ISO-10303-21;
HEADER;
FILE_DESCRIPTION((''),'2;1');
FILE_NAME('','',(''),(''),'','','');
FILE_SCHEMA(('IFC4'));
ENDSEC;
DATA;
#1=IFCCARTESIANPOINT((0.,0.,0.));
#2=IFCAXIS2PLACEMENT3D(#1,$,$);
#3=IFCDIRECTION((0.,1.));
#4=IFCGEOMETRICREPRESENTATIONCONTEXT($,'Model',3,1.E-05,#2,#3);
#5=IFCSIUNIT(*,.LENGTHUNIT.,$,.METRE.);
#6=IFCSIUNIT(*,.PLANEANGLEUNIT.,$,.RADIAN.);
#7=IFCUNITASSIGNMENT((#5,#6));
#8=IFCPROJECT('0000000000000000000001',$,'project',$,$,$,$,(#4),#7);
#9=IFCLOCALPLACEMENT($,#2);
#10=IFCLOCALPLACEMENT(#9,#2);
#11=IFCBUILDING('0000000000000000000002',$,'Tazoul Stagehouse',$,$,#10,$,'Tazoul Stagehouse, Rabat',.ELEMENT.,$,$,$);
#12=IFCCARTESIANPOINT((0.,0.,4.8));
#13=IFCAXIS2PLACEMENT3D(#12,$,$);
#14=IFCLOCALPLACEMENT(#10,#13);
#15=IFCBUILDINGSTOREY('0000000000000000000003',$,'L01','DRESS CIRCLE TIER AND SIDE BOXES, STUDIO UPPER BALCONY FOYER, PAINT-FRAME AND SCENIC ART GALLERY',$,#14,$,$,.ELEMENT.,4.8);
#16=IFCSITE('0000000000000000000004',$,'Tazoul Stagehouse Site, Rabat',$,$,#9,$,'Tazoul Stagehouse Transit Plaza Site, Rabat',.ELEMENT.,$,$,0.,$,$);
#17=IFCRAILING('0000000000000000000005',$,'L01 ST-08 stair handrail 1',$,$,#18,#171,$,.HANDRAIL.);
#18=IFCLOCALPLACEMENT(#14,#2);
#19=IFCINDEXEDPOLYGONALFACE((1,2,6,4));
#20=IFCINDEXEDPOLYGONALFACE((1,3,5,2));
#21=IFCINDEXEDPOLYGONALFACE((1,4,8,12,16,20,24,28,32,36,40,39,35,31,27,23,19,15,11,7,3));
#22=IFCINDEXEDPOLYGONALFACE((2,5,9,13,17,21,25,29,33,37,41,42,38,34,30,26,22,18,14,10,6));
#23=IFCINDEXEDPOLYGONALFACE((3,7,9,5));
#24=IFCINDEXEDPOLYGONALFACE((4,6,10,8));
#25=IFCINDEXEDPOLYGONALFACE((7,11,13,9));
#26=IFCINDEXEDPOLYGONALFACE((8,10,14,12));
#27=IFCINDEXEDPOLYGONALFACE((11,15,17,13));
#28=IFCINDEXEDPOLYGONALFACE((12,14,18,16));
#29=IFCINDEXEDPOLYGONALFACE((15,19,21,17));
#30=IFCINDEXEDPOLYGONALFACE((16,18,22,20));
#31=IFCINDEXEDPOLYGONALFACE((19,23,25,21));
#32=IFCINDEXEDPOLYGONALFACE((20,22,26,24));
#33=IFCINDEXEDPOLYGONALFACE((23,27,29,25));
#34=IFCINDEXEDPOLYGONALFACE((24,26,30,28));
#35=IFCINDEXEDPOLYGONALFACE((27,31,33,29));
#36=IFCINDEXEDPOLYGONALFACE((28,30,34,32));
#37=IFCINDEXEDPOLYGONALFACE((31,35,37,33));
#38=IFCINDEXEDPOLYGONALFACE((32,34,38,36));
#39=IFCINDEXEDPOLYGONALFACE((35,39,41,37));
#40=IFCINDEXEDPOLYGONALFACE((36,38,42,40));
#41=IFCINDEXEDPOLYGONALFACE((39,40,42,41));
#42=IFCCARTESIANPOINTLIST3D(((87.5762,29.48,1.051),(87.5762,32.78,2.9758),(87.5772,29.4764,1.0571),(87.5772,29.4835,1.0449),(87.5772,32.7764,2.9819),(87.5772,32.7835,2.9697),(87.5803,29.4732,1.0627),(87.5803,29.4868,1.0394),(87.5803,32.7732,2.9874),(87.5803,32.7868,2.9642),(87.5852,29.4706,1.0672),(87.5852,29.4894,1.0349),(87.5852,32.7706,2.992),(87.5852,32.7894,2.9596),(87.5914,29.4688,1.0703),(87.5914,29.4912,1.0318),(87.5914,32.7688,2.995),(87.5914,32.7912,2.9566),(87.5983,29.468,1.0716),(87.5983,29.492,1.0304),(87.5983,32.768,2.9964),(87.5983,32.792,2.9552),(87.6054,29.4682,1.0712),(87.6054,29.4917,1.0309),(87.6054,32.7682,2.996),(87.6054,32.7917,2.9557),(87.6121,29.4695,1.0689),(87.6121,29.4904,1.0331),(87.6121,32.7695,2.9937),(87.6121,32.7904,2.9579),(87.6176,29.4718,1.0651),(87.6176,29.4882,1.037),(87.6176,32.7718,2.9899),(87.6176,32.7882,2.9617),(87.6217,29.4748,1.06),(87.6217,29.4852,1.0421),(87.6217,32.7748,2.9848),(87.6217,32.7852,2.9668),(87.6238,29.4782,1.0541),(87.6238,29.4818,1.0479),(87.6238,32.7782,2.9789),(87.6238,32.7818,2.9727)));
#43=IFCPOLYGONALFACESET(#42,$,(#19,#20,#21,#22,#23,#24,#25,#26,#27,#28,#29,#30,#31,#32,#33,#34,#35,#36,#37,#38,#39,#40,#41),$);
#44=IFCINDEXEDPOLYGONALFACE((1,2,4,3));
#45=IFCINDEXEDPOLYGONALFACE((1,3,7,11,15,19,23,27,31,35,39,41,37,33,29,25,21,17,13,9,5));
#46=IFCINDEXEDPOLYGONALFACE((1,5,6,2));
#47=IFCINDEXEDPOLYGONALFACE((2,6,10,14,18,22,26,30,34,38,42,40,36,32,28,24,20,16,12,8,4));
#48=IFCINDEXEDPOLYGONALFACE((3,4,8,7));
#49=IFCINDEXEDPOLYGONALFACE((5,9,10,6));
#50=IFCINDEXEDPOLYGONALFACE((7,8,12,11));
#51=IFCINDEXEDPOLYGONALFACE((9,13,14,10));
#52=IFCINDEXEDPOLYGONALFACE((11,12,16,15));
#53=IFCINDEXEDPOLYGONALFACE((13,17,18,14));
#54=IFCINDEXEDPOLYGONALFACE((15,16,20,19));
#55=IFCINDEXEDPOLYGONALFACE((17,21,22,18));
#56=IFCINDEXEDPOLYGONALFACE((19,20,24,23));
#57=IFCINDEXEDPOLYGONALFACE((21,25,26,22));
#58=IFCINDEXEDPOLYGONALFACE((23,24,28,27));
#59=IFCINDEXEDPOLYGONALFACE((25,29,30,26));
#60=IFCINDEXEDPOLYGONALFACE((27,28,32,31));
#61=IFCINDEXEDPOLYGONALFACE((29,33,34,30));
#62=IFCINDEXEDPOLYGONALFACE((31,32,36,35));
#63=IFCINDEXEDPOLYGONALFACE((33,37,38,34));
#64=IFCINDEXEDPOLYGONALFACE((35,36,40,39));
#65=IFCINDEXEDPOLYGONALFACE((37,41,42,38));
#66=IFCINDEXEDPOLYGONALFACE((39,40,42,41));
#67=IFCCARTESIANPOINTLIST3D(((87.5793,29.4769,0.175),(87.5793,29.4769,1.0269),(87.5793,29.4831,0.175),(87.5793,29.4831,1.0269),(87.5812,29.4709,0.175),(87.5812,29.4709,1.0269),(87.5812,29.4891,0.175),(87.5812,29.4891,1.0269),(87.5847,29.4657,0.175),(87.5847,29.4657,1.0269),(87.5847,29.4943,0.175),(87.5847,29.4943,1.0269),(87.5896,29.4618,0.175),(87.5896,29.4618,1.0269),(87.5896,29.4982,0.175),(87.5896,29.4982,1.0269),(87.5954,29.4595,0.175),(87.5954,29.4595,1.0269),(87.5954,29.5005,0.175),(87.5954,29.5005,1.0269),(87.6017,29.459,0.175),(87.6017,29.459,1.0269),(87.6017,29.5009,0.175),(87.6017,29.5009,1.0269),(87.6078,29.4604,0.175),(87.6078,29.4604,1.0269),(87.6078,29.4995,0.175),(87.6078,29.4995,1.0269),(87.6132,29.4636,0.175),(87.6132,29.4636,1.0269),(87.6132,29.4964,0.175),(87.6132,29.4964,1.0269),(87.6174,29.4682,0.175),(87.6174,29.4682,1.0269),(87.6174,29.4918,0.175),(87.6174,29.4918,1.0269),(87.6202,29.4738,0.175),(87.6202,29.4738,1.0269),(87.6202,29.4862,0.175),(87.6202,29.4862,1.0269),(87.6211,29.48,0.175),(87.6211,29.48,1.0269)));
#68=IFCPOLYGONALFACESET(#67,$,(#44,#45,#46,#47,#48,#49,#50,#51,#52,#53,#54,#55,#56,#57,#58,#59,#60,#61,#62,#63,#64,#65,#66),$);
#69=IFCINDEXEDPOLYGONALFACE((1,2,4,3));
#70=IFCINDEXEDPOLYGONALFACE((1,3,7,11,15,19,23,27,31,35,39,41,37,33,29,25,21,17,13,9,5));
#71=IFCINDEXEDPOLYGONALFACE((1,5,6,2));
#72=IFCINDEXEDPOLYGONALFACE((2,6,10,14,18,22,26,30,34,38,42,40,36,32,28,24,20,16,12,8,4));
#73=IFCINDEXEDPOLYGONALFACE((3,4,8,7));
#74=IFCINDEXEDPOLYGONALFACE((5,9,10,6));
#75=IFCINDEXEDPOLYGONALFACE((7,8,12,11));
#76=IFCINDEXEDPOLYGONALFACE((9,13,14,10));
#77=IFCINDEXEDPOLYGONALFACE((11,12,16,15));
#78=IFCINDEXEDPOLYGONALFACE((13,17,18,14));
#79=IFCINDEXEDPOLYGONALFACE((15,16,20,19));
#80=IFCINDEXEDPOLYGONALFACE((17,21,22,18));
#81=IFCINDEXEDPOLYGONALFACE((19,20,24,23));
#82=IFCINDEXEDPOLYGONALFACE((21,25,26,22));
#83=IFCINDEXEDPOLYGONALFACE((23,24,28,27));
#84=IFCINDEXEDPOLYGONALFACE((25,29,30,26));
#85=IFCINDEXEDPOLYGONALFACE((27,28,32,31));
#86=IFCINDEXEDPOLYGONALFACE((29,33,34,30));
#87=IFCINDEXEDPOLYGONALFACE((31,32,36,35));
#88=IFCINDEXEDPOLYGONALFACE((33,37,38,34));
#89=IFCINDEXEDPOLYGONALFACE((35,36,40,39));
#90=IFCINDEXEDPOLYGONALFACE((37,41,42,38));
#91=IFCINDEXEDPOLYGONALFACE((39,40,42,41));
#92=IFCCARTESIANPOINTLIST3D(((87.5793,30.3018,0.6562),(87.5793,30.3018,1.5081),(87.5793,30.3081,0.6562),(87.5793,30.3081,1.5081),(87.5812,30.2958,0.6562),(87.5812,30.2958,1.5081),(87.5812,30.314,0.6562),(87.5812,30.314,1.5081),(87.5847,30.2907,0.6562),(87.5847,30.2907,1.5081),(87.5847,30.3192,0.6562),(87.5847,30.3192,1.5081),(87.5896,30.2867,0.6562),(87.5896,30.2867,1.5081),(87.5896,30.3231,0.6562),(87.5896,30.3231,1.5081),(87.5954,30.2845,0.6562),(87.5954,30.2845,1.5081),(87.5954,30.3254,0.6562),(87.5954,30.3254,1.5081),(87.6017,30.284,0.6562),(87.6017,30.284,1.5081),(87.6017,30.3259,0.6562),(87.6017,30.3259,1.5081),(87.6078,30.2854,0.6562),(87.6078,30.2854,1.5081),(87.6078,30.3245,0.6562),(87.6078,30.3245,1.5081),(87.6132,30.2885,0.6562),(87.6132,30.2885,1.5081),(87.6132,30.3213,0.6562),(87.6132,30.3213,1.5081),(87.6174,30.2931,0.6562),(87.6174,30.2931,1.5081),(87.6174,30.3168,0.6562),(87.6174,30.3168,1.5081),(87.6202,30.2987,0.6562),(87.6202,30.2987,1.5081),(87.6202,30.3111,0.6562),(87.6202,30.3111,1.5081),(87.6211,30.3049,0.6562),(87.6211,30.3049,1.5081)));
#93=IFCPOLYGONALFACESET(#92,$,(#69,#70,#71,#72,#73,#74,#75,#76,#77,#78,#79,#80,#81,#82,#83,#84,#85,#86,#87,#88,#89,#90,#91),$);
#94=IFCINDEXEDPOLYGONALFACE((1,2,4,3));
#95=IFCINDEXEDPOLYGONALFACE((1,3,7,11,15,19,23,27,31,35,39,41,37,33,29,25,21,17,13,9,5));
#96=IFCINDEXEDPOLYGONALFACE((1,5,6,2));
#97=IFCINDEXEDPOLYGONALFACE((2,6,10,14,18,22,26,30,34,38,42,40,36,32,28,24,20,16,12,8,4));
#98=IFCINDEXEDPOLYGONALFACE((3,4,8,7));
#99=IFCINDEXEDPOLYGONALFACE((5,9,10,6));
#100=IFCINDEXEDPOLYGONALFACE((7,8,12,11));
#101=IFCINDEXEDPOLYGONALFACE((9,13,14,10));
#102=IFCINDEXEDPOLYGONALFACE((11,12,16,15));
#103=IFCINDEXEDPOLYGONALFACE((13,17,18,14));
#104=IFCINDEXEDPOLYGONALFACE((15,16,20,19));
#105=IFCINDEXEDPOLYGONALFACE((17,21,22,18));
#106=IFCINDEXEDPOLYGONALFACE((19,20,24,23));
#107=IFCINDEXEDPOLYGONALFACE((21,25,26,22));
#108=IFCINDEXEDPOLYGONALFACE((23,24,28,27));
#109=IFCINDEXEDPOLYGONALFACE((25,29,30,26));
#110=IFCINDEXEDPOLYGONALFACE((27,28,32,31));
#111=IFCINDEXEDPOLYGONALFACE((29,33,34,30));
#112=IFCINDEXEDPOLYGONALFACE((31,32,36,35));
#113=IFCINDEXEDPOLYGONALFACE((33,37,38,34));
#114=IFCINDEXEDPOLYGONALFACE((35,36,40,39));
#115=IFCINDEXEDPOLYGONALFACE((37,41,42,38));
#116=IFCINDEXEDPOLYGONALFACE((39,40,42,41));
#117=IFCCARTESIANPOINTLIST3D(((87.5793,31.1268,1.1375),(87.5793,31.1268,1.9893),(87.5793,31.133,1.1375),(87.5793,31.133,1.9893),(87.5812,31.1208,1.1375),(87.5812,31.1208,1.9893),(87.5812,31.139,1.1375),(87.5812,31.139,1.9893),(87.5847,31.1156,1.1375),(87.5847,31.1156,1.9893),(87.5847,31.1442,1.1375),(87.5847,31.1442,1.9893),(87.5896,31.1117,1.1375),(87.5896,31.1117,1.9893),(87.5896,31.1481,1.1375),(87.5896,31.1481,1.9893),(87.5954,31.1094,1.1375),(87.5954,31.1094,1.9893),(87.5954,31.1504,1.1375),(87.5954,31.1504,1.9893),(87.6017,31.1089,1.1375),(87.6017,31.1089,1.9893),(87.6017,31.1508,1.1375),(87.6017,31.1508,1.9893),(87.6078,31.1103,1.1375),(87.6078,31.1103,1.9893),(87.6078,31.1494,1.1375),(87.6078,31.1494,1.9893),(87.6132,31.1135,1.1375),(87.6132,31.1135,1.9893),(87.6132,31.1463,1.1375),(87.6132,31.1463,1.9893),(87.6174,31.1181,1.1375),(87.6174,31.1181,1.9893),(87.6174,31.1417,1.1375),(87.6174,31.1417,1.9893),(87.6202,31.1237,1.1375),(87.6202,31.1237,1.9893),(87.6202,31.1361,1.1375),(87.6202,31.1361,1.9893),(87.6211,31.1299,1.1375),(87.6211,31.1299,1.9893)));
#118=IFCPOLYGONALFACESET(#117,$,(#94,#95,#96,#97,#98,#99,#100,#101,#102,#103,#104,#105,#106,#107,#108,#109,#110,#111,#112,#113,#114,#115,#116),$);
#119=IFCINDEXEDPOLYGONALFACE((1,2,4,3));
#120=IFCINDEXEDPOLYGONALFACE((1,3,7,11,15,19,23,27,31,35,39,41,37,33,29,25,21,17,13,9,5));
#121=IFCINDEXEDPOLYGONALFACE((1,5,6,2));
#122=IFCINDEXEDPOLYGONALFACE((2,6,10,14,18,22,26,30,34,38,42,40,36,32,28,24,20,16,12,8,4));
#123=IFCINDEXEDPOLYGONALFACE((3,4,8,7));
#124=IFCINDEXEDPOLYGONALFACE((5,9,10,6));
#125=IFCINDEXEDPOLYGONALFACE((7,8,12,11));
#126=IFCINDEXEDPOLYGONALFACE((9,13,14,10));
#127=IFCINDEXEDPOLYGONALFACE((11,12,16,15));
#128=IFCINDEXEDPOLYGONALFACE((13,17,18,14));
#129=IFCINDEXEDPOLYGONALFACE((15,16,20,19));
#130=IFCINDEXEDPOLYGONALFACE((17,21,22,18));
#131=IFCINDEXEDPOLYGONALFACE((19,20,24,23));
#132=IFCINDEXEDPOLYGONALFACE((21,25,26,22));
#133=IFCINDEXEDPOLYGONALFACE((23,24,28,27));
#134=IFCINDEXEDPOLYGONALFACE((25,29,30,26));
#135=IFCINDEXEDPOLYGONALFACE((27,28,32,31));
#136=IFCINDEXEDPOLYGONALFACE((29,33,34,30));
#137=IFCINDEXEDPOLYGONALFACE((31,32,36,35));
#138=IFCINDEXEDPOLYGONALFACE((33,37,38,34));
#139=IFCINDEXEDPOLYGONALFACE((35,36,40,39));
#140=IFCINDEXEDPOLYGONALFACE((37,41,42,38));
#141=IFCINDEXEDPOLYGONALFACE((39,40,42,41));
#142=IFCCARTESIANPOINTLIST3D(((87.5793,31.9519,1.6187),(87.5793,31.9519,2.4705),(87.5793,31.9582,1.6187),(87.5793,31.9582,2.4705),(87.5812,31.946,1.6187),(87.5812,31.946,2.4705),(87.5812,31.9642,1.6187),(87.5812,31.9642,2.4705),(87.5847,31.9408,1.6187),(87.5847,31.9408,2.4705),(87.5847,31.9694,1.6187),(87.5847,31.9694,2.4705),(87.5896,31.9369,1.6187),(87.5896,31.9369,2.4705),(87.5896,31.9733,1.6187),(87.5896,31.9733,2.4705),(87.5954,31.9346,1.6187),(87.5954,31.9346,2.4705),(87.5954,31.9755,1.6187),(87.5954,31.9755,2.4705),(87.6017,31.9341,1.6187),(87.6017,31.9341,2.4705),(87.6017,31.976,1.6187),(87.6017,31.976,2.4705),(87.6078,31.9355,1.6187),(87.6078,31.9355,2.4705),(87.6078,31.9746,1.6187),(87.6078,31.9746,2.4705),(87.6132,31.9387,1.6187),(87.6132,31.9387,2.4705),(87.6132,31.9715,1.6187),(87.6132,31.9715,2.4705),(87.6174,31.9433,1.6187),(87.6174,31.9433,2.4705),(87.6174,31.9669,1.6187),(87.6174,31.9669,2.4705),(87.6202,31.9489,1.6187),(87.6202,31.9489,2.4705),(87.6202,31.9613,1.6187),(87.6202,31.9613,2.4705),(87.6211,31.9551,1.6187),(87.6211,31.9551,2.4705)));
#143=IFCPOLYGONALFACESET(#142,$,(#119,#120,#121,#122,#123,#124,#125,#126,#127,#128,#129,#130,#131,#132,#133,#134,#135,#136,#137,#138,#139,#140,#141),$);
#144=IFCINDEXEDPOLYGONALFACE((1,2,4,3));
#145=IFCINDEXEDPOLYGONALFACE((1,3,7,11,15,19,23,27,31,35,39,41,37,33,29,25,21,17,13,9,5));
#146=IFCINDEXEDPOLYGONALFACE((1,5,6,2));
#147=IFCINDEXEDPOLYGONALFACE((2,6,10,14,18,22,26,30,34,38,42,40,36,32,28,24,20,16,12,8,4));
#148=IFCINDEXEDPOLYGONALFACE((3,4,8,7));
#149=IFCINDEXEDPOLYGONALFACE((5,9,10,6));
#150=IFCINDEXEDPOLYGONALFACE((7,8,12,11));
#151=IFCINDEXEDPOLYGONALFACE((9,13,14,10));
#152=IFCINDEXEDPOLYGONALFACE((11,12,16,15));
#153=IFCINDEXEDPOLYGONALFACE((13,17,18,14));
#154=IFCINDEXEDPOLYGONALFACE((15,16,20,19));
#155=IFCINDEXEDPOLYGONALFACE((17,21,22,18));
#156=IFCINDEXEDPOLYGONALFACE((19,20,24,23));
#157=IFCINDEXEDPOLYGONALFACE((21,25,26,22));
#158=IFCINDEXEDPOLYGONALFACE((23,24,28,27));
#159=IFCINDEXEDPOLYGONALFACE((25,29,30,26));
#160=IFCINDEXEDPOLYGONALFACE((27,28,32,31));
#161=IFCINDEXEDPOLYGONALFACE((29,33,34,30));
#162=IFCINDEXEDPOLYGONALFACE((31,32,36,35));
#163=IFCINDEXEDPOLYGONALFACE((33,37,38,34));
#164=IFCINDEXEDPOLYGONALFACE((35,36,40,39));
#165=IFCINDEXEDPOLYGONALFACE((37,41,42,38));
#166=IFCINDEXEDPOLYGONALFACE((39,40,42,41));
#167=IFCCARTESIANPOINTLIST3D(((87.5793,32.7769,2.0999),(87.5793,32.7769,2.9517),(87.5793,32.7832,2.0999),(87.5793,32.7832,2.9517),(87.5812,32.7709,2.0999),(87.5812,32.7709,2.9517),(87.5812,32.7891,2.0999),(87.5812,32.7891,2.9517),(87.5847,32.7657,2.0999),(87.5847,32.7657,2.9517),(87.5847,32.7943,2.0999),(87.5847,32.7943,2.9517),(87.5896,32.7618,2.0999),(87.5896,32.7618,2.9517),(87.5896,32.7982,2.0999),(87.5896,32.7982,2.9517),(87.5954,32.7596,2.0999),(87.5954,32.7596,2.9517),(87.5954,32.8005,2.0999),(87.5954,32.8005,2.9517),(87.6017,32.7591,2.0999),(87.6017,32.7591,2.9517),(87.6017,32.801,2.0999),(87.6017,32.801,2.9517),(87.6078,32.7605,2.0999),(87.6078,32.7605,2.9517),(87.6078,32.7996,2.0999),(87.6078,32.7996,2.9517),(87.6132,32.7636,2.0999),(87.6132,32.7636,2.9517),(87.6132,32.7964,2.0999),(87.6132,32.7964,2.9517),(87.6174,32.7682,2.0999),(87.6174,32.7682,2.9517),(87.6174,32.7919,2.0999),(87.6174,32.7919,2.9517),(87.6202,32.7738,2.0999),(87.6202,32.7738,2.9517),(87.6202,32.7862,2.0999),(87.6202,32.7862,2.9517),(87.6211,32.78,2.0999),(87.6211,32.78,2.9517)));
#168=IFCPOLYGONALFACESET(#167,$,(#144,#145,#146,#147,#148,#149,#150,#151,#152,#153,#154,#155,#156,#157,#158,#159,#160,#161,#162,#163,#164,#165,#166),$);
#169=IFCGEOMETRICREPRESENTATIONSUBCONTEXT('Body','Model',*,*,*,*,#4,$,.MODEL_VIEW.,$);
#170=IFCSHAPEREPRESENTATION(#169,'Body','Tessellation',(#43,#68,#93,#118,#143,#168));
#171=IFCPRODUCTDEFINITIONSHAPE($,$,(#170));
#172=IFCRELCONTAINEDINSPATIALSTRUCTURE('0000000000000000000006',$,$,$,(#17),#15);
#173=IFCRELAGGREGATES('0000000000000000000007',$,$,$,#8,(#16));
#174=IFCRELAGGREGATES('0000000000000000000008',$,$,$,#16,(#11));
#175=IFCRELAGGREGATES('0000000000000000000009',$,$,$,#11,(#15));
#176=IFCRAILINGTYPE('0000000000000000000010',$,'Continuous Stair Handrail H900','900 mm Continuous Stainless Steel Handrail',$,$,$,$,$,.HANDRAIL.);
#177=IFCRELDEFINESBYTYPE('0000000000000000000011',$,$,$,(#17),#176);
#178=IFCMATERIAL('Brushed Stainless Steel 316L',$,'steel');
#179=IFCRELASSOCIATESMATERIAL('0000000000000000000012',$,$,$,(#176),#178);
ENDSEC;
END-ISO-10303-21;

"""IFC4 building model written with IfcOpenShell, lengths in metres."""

from ifc_helpers import new_model, si_unit, direction, frame, origin, origin_2d, place, context, subcontext, project, spatial, circle, extrude, material, material_profile, profile_set, type_object, element, save


model = new_model("IFC4")

# Units and contexts
model_context = context("Model", 3, precision=1e-05, world=origin(), true_north=direction((0.0, 1.0)))
body_context = subcontext(model_context, "Body", "Model", "MODEL_VIEW")
ifc_project = project(units=[si_unit("LENGTHUNIT", "METRE"), si_unit("PLANEANGLEUNIT", "RADIAN")], contexts=[model_context])

# Site, building, storey
site_placement = place(None, origin())
site = spatial("IfcSite", under=ifc_project, at=site_placement, Name="Tazoul Stagehouse Site, Rabat", LongName="Tazoul Stagehouse Transit Plaza Site, Rabat", CompositionType="ELEMENT", RefElevation=0.0)
building_placement = place(site_placement, origin())
building = spatial("IfcBuilding", under=site, at=building_placement, Name="Tazoul Stagehouse", LongName="Tazoul Stagehouse, Rabat", CompositionType="ELEMENT")
storey_placement = place(building_placement, frame((0.0, 0.0, 4.8)))
storey = spatial("IfcBuildingStorey", under=building, at=storey_placement, Name="L01", Description="DRESS CIRCLE TIER AND SIDE BOXES, STUDIO UPPER BALCONY FOYER, PAINT-FRAME AND SCENIC ART GALLERY", CompositionType="ELEMENT", Elevation=4.8)

# Railing
ifc_material_1 = material(Name="Brushed Stainless Steel 316L", Category="steel")
ifc_material_profile_1 = material_profile(ifc_material_1, circle(Radius=0.021, at=origin_2d()), Name="SS HANDRAIL D42")
ifc_profile_set_1 = profile_set([ifc_material_profile_1], Name="Brushed Stainless Steel 316L")
railing_type_1 = type_object("IfcRailingType", Name="Continuous Stair Handrail H900", Description="900 mm Continuous Stainless Steel Handrail", PredefinedType="HANDRAIL", material=ifc_profile_set_1)
railing_1_placement = place(storey_placement, frame((87.6001, 29.48, 0.175)))
element("IfcRailing", 1, at=railing_1_placement, inside=storey, type_object=railing_type_1, Name="L01 ST-08 stair handrail 1", PredefinedType="HANDRAIL", context=body_context, shape_type="SweptSolid", body=[
    extrude(circle(Radius=0.0239, at=origin_2d()), frame((0.0, 0.0, 0.876), z_axis=(0.0, 0.863804, 0.503827), x_axis=(-1.0, 0.0, 0.0)), (0.0, 0.0, 1.0), 3.8203),
    extrude(circle(Radius=0.021, at=origin_2d()), origin(), (0.0, 0.0, 1.0), 0.8518),
    extrude(circle(Radius=0.021, at=origin_2d()), frame((0.0, 0.825, 0.4812)), (0.0, 0.0, 1.0), 0.8518),
    extrude(circle(Radius=0.021, at=origin_2d()), frame((0.0, 1.6499, 0.9624)), (0.0, 0.0, 1.0), 0.8518),
    extrude(circle(Radius=0.021, at=origin_2d()), frame((0.0, 2.4751, 1.4436)), (0.0, 0.0, 1.0), 0.8518),
    extrude(circle(Radius=0.021, at=origin_2d()), frame((0.0, 3.3, 1.9248)), (0.0, 0.0, 1.0), 0.8518),
])

save(model, "model.ifc")
